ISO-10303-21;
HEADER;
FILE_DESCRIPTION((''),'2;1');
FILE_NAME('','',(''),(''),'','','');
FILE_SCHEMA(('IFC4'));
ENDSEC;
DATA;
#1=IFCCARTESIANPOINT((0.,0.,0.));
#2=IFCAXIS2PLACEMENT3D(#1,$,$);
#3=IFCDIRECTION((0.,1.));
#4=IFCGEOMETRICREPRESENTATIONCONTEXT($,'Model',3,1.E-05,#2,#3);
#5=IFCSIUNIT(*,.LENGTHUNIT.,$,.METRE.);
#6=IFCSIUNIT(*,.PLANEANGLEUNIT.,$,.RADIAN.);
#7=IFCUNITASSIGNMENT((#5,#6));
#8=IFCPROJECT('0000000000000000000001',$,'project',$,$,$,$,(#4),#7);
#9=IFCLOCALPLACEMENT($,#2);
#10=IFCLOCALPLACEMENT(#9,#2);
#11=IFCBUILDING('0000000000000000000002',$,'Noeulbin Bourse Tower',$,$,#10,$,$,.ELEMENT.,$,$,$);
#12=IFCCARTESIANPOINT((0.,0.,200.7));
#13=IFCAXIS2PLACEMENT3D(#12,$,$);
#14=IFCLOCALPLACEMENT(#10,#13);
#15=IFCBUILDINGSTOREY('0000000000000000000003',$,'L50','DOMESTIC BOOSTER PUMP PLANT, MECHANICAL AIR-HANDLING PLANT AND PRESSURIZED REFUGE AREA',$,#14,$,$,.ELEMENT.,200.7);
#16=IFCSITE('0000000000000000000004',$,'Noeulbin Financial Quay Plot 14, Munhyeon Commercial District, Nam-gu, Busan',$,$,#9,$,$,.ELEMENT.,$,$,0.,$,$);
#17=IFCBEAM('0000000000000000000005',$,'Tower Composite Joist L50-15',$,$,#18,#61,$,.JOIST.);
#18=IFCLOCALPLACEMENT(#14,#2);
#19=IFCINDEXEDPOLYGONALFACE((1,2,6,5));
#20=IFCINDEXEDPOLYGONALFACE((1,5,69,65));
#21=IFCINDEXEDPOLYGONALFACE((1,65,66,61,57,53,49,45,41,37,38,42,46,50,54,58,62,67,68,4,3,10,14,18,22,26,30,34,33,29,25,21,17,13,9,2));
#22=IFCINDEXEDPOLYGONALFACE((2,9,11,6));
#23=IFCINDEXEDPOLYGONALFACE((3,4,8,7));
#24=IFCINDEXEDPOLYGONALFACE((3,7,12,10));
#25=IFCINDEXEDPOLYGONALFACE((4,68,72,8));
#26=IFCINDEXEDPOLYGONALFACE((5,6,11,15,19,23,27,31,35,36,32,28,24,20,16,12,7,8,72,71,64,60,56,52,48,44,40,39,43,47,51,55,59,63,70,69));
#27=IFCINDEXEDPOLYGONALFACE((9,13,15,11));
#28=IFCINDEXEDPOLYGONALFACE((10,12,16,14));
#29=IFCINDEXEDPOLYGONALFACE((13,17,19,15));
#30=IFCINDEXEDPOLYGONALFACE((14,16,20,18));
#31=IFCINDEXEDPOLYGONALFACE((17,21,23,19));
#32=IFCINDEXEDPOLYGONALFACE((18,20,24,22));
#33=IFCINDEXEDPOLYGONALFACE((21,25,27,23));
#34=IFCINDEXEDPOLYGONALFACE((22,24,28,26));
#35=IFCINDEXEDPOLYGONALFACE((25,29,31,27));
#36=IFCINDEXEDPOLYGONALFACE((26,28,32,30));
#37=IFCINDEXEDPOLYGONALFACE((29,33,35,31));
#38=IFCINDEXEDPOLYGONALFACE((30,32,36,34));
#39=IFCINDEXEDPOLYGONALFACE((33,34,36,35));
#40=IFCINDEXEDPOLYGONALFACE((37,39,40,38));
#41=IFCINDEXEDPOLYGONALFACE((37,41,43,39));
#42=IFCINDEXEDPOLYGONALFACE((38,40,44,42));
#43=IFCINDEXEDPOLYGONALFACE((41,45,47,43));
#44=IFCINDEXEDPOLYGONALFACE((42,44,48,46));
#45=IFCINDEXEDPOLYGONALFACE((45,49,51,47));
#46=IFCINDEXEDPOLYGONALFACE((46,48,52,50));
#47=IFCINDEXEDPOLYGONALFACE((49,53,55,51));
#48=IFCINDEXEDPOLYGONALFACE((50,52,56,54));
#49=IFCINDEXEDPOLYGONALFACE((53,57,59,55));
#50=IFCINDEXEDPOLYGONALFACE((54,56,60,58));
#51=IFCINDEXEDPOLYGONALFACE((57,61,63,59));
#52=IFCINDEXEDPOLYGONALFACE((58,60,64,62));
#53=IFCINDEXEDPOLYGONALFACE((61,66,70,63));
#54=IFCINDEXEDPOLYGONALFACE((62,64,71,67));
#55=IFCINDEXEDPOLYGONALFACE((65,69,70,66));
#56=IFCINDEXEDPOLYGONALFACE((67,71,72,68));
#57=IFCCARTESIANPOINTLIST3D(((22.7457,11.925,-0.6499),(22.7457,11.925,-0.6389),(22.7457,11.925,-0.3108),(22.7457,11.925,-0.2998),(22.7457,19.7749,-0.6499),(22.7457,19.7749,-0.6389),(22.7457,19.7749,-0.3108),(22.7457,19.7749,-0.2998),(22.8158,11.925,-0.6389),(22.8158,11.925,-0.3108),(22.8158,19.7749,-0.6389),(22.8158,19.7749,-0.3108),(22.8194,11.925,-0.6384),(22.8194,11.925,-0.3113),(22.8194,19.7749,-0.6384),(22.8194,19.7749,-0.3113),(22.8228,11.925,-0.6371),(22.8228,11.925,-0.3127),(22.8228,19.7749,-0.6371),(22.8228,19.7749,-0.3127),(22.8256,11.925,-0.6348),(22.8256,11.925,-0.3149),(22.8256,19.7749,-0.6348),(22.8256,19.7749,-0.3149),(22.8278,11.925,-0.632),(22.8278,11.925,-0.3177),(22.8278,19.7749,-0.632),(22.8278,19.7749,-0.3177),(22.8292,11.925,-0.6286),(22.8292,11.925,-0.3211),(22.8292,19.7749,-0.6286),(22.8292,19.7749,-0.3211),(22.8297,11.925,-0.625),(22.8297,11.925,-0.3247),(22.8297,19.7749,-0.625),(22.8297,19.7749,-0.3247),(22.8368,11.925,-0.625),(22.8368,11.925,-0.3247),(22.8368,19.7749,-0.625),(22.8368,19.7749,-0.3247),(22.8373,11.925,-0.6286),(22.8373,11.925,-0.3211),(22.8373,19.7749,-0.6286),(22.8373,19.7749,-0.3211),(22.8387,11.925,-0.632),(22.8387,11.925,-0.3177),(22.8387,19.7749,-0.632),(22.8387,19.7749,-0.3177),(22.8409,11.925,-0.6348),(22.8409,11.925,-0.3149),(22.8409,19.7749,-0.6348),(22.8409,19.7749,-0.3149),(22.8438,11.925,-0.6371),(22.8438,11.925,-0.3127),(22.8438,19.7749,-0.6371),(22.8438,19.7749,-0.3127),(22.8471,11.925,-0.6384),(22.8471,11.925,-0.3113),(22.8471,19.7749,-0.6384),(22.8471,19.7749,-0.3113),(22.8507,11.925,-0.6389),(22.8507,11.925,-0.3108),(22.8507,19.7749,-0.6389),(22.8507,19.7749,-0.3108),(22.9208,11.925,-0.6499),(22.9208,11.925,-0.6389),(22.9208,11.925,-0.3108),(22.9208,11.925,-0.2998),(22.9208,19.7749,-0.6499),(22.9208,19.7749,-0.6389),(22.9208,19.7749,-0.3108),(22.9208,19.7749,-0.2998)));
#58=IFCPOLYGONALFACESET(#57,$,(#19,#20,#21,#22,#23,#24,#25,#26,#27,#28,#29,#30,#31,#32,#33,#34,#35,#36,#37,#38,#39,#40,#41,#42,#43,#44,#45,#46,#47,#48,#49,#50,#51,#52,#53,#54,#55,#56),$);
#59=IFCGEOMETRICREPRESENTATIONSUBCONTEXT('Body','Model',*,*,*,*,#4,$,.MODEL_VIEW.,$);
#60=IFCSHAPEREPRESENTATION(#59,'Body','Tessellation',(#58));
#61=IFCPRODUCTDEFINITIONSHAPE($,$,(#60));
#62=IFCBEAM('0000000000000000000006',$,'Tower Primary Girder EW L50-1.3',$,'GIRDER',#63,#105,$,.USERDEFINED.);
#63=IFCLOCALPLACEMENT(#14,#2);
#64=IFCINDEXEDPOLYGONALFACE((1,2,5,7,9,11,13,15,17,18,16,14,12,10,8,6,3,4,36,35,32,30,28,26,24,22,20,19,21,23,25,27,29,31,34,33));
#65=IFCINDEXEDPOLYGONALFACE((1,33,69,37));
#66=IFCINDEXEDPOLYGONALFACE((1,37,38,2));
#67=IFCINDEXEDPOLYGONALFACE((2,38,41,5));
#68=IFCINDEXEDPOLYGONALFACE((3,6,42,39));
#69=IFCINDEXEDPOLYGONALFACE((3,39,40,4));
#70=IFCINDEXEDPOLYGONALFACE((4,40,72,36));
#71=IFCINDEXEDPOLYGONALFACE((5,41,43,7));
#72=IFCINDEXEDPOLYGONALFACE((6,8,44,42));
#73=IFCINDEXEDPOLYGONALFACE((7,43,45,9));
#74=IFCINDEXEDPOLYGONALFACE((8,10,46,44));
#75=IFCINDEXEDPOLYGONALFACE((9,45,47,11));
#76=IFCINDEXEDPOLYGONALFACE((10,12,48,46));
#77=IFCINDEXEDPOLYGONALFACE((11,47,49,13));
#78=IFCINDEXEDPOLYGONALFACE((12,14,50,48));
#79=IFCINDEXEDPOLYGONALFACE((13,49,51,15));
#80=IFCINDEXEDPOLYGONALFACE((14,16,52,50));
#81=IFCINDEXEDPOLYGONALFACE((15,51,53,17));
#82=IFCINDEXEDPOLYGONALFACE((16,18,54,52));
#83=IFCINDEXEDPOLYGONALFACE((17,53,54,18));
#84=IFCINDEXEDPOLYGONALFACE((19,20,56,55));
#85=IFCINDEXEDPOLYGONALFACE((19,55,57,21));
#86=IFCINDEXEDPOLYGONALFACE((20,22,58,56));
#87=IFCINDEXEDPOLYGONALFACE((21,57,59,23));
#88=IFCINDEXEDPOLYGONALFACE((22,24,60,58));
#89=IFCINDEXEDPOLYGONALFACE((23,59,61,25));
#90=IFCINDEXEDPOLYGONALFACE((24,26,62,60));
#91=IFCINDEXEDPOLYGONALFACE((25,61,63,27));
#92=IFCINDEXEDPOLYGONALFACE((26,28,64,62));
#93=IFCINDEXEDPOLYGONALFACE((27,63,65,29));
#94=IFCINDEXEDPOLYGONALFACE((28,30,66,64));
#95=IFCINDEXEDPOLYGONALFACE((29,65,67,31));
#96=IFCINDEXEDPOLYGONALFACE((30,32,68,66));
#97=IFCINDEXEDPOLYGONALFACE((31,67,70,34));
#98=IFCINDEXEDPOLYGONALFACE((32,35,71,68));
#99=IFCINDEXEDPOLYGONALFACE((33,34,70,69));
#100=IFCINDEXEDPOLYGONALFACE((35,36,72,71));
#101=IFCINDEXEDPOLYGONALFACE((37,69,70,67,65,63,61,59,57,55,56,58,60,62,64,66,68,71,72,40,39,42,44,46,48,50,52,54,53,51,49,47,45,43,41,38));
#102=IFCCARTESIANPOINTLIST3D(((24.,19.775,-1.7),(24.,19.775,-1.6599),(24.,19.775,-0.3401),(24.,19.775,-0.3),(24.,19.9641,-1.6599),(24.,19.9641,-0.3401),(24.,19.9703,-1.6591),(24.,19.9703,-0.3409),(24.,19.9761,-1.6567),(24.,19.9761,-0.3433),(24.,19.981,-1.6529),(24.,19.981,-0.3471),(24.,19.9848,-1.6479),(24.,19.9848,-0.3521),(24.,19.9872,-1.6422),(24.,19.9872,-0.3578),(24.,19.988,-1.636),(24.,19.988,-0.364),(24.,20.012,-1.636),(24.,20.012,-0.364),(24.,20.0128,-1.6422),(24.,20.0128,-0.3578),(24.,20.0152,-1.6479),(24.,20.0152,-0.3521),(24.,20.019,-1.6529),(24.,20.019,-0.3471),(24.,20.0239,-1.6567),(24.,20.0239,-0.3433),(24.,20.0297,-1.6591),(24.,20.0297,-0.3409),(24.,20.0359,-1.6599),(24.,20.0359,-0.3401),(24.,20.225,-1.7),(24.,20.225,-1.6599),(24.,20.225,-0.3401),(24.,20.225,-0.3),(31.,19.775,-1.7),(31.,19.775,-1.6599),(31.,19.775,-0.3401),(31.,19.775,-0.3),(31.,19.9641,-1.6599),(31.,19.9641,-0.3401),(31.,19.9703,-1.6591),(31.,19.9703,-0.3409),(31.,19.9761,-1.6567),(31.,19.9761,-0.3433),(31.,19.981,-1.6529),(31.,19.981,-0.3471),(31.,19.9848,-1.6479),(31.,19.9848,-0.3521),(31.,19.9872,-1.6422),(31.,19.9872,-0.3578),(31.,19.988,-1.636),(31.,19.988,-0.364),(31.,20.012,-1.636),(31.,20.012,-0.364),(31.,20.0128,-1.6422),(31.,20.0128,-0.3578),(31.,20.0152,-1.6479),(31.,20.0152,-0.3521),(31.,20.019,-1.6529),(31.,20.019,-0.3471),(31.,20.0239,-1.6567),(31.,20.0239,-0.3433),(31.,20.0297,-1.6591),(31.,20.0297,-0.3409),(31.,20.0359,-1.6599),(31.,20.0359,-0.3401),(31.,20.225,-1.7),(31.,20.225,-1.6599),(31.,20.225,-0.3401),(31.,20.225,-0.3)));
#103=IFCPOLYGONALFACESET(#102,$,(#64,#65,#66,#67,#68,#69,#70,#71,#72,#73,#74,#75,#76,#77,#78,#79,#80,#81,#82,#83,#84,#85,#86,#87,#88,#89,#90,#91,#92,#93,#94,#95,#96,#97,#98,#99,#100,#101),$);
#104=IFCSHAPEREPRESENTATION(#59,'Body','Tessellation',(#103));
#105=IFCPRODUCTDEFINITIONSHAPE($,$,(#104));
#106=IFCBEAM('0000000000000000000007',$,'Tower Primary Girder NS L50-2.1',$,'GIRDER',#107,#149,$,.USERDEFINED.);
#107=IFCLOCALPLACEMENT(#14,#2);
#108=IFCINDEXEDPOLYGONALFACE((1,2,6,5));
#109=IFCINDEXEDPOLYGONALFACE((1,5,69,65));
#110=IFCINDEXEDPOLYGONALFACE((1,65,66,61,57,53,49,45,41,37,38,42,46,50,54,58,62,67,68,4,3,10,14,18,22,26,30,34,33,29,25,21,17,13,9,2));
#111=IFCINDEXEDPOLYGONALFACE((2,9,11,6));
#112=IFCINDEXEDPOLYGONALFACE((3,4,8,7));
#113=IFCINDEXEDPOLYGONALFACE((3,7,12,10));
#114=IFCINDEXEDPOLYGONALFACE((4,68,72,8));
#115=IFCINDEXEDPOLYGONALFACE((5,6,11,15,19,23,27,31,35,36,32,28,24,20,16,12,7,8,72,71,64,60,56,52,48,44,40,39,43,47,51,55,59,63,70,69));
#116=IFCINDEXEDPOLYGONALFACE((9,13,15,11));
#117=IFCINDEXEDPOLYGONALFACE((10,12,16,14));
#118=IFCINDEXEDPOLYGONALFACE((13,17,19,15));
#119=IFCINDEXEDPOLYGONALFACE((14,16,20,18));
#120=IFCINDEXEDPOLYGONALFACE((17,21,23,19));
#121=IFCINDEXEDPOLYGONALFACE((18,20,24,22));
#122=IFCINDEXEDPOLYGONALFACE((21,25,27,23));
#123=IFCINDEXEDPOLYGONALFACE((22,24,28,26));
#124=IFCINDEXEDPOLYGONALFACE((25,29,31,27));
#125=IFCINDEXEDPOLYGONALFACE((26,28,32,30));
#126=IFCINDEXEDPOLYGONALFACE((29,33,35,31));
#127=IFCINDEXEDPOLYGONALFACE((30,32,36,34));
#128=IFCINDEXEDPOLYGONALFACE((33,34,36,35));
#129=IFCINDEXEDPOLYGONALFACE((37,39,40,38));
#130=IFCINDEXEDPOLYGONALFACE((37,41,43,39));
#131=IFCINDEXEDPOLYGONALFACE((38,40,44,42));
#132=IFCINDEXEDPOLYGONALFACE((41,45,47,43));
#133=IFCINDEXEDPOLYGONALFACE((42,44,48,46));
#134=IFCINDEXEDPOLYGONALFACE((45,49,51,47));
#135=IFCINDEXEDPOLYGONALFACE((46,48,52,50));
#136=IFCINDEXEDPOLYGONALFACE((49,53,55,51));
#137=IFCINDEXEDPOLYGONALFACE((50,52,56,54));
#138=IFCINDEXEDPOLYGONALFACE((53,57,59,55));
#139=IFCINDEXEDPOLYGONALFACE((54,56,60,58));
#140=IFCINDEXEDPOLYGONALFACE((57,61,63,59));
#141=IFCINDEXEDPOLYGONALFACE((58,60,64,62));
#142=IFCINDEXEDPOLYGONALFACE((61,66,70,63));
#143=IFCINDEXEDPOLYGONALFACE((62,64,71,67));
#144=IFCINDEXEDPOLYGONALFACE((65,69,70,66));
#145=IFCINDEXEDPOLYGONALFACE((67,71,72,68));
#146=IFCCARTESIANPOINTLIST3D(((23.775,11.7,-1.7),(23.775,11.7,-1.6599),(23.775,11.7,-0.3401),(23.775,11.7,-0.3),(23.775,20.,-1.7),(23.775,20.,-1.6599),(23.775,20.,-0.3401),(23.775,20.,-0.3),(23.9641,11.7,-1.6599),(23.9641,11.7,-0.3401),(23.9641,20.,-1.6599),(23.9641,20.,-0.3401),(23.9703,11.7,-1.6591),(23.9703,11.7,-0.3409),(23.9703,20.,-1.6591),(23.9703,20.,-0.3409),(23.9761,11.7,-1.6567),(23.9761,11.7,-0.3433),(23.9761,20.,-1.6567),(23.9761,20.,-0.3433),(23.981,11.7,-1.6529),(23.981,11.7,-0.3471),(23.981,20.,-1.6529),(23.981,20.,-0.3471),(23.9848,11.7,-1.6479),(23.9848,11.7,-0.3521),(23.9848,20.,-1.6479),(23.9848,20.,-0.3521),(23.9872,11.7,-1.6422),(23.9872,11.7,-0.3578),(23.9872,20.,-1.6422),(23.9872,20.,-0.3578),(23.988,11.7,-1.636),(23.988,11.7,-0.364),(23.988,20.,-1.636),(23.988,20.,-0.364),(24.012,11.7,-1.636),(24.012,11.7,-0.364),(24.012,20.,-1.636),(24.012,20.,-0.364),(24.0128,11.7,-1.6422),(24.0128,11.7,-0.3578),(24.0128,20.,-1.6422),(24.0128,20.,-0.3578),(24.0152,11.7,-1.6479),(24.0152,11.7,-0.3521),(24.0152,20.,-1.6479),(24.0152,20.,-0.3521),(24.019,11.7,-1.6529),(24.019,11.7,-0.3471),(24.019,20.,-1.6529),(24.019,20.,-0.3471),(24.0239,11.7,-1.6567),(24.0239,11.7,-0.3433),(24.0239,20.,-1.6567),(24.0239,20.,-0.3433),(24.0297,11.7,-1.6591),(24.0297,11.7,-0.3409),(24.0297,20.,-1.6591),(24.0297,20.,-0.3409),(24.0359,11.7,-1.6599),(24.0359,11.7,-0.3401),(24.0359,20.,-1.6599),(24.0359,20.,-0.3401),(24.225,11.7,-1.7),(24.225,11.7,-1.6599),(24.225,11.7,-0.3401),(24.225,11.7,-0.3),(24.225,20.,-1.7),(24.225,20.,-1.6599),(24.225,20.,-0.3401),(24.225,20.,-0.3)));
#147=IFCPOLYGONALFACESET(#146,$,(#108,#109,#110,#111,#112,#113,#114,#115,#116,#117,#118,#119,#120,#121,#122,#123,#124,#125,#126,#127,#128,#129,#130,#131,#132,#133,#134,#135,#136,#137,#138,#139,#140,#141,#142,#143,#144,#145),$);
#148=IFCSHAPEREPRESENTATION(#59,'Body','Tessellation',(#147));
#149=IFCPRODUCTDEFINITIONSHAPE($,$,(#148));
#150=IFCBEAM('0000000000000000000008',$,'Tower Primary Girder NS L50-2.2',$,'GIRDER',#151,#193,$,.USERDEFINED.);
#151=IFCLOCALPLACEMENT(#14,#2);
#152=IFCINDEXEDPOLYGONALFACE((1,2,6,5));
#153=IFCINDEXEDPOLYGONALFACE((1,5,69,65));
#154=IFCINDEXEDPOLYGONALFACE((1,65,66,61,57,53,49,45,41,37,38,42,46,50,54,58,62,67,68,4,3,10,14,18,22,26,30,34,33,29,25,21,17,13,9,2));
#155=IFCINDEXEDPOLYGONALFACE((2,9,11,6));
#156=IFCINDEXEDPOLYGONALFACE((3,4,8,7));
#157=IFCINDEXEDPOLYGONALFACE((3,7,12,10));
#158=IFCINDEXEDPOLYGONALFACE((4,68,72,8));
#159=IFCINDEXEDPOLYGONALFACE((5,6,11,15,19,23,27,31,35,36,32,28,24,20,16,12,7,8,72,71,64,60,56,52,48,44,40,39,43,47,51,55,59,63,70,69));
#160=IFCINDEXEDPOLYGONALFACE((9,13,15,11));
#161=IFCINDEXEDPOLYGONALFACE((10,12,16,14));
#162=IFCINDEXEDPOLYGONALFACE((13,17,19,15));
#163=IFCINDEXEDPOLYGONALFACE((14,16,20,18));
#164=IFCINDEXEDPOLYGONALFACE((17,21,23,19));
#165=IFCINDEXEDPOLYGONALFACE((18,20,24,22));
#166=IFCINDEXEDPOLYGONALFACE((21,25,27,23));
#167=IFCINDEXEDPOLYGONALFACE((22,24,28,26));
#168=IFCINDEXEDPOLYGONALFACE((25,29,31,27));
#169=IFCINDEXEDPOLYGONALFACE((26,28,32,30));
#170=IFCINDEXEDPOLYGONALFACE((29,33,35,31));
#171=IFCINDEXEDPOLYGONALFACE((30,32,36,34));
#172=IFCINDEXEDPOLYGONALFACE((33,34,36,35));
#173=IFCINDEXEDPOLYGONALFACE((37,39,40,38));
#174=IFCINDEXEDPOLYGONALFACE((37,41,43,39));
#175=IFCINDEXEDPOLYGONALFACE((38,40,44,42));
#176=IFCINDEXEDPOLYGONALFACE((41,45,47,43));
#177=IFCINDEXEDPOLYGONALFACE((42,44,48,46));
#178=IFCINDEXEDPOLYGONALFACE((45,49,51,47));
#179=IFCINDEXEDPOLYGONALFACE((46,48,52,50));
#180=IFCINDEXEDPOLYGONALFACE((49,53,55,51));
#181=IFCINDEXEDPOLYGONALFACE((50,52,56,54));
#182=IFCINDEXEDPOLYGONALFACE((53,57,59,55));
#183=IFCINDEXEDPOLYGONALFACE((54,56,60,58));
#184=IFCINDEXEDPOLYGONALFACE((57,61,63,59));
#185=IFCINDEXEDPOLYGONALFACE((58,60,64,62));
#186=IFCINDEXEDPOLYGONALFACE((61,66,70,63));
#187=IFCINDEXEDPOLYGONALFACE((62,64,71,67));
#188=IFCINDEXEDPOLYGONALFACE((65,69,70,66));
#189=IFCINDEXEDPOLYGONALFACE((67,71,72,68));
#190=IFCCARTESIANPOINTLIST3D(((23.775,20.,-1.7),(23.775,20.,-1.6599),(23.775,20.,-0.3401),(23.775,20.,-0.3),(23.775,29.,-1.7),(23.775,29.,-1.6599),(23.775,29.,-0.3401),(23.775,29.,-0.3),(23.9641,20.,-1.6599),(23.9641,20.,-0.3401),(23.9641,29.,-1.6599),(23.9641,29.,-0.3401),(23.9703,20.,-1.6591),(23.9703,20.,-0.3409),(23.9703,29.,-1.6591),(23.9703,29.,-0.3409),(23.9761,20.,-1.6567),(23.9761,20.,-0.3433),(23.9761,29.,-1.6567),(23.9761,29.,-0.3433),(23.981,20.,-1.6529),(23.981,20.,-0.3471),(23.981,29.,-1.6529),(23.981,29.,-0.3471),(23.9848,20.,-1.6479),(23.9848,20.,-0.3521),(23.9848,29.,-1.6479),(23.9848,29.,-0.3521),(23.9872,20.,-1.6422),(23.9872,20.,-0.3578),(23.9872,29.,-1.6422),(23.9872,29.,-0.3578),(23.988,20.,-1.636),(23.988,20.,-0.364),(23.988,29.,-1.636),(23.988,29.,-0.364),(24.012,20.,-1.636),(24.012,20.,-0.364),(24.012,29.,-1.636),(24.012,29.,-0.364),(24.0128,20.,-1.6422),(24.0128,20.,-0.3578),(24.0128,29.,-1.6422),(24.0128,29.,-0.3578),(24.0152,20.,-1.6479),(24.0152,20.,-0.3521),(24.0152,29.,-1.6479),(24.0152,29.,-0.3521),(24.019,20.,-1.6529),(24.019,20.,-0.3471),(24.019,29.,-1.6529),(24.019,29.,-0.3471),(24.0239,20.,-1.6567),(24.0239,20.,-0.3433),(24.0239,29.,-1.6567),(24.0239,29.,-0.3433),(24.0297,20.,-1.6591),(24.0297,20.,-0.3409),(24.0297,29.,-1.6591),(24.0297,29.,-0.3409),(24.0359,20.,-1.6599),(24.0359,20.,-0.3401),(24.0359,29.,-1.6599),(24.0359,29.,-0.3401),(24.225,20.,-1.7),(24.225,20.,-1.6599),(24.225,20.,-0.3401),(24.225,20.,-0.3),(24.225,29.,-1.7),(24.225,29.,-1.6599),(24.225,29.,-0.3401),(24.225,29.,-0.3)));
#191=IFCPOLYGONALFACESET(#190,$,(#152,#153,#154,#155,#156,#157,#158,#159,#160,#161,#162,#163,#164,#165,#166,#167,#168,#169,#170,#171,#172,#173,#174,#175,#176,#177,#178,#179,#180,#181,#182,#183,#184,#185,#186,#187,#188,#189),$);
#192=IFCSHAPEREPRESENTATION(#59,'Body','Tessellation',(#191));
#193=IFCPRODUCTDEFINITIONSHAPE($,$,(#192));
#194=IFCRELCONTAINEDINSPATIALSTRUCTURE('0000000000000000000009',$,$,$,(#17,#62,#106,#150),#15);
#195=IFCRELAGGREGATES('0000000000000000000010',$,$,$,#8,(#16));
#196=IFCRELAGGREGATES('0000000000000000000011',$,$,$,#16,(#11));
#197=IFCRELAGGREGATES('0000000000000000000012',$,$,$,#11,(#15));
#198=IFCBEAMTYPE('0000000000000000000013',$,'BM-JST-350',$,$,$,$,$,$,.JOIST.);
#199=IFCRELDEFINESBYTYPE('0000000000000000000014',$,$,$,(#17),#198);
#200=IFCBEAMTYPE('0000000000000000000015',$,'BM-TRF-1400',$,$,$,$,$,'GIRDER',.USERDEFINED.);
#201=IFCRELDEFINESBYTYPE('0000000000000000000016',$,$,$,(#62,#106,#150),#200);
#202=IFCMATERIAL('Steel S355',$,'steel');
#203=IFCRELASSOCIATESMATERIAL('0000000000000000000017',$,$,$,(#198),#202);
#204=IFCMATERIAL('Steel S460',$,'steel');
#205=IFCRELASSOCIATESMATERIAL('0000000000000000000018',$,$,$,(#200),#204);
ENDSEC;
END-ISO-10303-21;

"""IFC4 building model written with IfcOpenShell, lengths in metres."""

from ifc_helpers import new_model, si_unit, direction, frame, origin, origin_2d, place, context, subcontext, project, spatial, i_section, extrude, material, material_profile, profile_set, type_object, element, save


model = new_model("IFC4")

# Units and contexts
model_context = context("Model", 3, precision=1e-05, world=origin(), true_north=direction((0.0, 1.0)))
body_context = subcontext(model_context, "Body", "Model", "MODEL_VIEW")
ifc_project = project(units=[si_unit("LENGTHUNIT", "METRE"), si_unit("PLANEANGLEUNIT", "RADIAN")], contexts=[model_context])

# Site, building, storey
site_placement = place(None, origin())
site = spatial("IfcSite", under=ifc_project, at=site_placement, Name="Noeulbin Financial Quay Plot 14, Munhyeon Commercial District, Nam-gu, Busan", CompositionType="ELEMENT", RefElevation=0.0)
building_placement = place(site_placement, origin())
building = spatial("IfcBuilding", under=site, at=building_placement, Name="Noeulbin Bourse Tower", CompositionType="ELEMENT")
storey_placement = place(building_placement, frame((0.0, 0.0, 200.7)))
storey = spatial("IfcBuildingStorey", under=building, at=storey_placement, Name="L50", Description="DOMESTIC BOOSTER PUMP PLANT, MECHANICAL AIR-HANDLING PLANT AND PRESSURIZED REFUGE AREA", CompositionType="ELEMENT", Elevation=200.7)

# Shared definitions
ifc_material_1 = material(Name="Steel S355", Category="steel")
ifc_material_2 = material(Name="Steel S460", Category="steel")

# Beams
ifc_material_profile_1 = material_profile(ifc_material_1, i_section(OverallWidth=0.175, OverallDepth=0.3501, WebThickness=0.0071, FlangeThickness=0.011, FilletRadius=0.0139, at=origin_2d()), Name="H-350x175x7x11", Category="LoadBearing")
ifc_profile_set_1 = profile_set([ifc_material_profile_1], Name="Steel S355")
beam_type_1 = type_object("IfcBeamType", Name="BM-JST-350", PredefinedType="JOIST", material=ifc_profile_set_1)
beam_1_placement = place(storey_placement, frame((22.8333, 11.925, -0.4749), z_axis=(0.0, 1.0, 0.0), x_axis=(-1.0, 0.0, 0.0)))
element("IfcBeam", 1, at=beam_1_placement, inside=storey, type_object=beam_type_1, Name="Tower Composite Joist L50-15", PredefinedType="JOIST", context=body_context, shape_type="SweptSolid", body=[
    extrude(i_section(OverallWidth=0.175, OverallDepth=0.3501, WebThickness=0.0071, FlangeThickness=0.011, FilletRadius=0.0139, at=origin_2d()), origin(), (0.0, 0.0, 1.0), 7.8499),
])
ifc_material_profile_2 = material_profile(ifc_material_2, i_section(OverallWidth=0.45, OverallDepth=1.3999, WebThickness=0.0239, FlangeThickness=0.04, FilletRadius=0.0239, at=origin_2d()), Name="PG-1400x450x24x40", Category="LoadBearing")
ifc_profile_set_2 = profile_set([ifc_material_profile_2], Name="Steel S460")
beam_type_2 = type_object("IfcBeamType", Name="BM-TRF-1400", ElementType="GIRDER", PredefinedType="USERDEFINED", material=ifc_profile_set_2)
beam_2_placement = place(storey_placement, frame((24.0, 20.0, -1.0), z_axis=(1.0, 0.0, 0.0), x_axis=(0.0, 1.0, 0.0)))
element("IfcBeam", 2, at=beam_2_placement, inside=storey, type_object=beam_type_2, Name="Tower Primary Girder EW L50-1.3", ObjectType="GIRDER", PredefinedType="USERDEFINED", context=body_context, shape_type="SweptSolid", body=[
    extrude(i_section(OverallWidth=0.45, OverallDepth=1.3999, WebThickness=0.0239, FlangeThickness=0.04, FilletRadius=0.0239, at=origin_2d()), origin(), (0.0, 0.0, 1.0), 7.0),
])
beam_3_placement = place(storey_placement, frame((24.0, 11.7, -1.0), z_axis=(0.0, 1.0, 0.0), x_axis=(-1.0, 0.0, 0.0)))
element("IfcBeam", 3, at=beam_3_placement, inside=storey, type_object=beam_type_2, Name="Tower Primary Girder NS L50-2.1", ObjectType="GIRDER", PredefinedType="USERDEFINED", context=body_context, shape_type="SweptSolid", body=[
    extrude(i_section(OverallWidth=0.45, OverallDepth=1.3999, WebThickness=0.0239, FlangeThickness=0.04, FilletRadius=0.0239, at=origin_2d()), origin(), (0.0, 0.0, 1.0), 8.3),
])
beam_4_placement = place(storey_placement, frame((24.0, 20.0, -1.0), z_axis=(0.0, 1.0, 0.0), x_axis=(-1.0, 0.0, 0.0)))
element("IfcBeam", 4, at=beam_4_placement, inside=storey, type_object=beam_type_2, Name="Tower Primary Girder NS L50-2.2", ObjectType="GIRDER", PredefinedType="USERDEFINED", context=body_context, shape_type="SweptSolid", body=[
    extrude(i_section(OverallWidth=0.45, OverallDepth=1.3999, WebThickness=0.0239, FlangeThickness=0.04, FilletRadius=0.0239, at=origin_2d()), origin(), (0.0, 0.0, 1.0), 9.0),
])

save(model, "model.ifc")
